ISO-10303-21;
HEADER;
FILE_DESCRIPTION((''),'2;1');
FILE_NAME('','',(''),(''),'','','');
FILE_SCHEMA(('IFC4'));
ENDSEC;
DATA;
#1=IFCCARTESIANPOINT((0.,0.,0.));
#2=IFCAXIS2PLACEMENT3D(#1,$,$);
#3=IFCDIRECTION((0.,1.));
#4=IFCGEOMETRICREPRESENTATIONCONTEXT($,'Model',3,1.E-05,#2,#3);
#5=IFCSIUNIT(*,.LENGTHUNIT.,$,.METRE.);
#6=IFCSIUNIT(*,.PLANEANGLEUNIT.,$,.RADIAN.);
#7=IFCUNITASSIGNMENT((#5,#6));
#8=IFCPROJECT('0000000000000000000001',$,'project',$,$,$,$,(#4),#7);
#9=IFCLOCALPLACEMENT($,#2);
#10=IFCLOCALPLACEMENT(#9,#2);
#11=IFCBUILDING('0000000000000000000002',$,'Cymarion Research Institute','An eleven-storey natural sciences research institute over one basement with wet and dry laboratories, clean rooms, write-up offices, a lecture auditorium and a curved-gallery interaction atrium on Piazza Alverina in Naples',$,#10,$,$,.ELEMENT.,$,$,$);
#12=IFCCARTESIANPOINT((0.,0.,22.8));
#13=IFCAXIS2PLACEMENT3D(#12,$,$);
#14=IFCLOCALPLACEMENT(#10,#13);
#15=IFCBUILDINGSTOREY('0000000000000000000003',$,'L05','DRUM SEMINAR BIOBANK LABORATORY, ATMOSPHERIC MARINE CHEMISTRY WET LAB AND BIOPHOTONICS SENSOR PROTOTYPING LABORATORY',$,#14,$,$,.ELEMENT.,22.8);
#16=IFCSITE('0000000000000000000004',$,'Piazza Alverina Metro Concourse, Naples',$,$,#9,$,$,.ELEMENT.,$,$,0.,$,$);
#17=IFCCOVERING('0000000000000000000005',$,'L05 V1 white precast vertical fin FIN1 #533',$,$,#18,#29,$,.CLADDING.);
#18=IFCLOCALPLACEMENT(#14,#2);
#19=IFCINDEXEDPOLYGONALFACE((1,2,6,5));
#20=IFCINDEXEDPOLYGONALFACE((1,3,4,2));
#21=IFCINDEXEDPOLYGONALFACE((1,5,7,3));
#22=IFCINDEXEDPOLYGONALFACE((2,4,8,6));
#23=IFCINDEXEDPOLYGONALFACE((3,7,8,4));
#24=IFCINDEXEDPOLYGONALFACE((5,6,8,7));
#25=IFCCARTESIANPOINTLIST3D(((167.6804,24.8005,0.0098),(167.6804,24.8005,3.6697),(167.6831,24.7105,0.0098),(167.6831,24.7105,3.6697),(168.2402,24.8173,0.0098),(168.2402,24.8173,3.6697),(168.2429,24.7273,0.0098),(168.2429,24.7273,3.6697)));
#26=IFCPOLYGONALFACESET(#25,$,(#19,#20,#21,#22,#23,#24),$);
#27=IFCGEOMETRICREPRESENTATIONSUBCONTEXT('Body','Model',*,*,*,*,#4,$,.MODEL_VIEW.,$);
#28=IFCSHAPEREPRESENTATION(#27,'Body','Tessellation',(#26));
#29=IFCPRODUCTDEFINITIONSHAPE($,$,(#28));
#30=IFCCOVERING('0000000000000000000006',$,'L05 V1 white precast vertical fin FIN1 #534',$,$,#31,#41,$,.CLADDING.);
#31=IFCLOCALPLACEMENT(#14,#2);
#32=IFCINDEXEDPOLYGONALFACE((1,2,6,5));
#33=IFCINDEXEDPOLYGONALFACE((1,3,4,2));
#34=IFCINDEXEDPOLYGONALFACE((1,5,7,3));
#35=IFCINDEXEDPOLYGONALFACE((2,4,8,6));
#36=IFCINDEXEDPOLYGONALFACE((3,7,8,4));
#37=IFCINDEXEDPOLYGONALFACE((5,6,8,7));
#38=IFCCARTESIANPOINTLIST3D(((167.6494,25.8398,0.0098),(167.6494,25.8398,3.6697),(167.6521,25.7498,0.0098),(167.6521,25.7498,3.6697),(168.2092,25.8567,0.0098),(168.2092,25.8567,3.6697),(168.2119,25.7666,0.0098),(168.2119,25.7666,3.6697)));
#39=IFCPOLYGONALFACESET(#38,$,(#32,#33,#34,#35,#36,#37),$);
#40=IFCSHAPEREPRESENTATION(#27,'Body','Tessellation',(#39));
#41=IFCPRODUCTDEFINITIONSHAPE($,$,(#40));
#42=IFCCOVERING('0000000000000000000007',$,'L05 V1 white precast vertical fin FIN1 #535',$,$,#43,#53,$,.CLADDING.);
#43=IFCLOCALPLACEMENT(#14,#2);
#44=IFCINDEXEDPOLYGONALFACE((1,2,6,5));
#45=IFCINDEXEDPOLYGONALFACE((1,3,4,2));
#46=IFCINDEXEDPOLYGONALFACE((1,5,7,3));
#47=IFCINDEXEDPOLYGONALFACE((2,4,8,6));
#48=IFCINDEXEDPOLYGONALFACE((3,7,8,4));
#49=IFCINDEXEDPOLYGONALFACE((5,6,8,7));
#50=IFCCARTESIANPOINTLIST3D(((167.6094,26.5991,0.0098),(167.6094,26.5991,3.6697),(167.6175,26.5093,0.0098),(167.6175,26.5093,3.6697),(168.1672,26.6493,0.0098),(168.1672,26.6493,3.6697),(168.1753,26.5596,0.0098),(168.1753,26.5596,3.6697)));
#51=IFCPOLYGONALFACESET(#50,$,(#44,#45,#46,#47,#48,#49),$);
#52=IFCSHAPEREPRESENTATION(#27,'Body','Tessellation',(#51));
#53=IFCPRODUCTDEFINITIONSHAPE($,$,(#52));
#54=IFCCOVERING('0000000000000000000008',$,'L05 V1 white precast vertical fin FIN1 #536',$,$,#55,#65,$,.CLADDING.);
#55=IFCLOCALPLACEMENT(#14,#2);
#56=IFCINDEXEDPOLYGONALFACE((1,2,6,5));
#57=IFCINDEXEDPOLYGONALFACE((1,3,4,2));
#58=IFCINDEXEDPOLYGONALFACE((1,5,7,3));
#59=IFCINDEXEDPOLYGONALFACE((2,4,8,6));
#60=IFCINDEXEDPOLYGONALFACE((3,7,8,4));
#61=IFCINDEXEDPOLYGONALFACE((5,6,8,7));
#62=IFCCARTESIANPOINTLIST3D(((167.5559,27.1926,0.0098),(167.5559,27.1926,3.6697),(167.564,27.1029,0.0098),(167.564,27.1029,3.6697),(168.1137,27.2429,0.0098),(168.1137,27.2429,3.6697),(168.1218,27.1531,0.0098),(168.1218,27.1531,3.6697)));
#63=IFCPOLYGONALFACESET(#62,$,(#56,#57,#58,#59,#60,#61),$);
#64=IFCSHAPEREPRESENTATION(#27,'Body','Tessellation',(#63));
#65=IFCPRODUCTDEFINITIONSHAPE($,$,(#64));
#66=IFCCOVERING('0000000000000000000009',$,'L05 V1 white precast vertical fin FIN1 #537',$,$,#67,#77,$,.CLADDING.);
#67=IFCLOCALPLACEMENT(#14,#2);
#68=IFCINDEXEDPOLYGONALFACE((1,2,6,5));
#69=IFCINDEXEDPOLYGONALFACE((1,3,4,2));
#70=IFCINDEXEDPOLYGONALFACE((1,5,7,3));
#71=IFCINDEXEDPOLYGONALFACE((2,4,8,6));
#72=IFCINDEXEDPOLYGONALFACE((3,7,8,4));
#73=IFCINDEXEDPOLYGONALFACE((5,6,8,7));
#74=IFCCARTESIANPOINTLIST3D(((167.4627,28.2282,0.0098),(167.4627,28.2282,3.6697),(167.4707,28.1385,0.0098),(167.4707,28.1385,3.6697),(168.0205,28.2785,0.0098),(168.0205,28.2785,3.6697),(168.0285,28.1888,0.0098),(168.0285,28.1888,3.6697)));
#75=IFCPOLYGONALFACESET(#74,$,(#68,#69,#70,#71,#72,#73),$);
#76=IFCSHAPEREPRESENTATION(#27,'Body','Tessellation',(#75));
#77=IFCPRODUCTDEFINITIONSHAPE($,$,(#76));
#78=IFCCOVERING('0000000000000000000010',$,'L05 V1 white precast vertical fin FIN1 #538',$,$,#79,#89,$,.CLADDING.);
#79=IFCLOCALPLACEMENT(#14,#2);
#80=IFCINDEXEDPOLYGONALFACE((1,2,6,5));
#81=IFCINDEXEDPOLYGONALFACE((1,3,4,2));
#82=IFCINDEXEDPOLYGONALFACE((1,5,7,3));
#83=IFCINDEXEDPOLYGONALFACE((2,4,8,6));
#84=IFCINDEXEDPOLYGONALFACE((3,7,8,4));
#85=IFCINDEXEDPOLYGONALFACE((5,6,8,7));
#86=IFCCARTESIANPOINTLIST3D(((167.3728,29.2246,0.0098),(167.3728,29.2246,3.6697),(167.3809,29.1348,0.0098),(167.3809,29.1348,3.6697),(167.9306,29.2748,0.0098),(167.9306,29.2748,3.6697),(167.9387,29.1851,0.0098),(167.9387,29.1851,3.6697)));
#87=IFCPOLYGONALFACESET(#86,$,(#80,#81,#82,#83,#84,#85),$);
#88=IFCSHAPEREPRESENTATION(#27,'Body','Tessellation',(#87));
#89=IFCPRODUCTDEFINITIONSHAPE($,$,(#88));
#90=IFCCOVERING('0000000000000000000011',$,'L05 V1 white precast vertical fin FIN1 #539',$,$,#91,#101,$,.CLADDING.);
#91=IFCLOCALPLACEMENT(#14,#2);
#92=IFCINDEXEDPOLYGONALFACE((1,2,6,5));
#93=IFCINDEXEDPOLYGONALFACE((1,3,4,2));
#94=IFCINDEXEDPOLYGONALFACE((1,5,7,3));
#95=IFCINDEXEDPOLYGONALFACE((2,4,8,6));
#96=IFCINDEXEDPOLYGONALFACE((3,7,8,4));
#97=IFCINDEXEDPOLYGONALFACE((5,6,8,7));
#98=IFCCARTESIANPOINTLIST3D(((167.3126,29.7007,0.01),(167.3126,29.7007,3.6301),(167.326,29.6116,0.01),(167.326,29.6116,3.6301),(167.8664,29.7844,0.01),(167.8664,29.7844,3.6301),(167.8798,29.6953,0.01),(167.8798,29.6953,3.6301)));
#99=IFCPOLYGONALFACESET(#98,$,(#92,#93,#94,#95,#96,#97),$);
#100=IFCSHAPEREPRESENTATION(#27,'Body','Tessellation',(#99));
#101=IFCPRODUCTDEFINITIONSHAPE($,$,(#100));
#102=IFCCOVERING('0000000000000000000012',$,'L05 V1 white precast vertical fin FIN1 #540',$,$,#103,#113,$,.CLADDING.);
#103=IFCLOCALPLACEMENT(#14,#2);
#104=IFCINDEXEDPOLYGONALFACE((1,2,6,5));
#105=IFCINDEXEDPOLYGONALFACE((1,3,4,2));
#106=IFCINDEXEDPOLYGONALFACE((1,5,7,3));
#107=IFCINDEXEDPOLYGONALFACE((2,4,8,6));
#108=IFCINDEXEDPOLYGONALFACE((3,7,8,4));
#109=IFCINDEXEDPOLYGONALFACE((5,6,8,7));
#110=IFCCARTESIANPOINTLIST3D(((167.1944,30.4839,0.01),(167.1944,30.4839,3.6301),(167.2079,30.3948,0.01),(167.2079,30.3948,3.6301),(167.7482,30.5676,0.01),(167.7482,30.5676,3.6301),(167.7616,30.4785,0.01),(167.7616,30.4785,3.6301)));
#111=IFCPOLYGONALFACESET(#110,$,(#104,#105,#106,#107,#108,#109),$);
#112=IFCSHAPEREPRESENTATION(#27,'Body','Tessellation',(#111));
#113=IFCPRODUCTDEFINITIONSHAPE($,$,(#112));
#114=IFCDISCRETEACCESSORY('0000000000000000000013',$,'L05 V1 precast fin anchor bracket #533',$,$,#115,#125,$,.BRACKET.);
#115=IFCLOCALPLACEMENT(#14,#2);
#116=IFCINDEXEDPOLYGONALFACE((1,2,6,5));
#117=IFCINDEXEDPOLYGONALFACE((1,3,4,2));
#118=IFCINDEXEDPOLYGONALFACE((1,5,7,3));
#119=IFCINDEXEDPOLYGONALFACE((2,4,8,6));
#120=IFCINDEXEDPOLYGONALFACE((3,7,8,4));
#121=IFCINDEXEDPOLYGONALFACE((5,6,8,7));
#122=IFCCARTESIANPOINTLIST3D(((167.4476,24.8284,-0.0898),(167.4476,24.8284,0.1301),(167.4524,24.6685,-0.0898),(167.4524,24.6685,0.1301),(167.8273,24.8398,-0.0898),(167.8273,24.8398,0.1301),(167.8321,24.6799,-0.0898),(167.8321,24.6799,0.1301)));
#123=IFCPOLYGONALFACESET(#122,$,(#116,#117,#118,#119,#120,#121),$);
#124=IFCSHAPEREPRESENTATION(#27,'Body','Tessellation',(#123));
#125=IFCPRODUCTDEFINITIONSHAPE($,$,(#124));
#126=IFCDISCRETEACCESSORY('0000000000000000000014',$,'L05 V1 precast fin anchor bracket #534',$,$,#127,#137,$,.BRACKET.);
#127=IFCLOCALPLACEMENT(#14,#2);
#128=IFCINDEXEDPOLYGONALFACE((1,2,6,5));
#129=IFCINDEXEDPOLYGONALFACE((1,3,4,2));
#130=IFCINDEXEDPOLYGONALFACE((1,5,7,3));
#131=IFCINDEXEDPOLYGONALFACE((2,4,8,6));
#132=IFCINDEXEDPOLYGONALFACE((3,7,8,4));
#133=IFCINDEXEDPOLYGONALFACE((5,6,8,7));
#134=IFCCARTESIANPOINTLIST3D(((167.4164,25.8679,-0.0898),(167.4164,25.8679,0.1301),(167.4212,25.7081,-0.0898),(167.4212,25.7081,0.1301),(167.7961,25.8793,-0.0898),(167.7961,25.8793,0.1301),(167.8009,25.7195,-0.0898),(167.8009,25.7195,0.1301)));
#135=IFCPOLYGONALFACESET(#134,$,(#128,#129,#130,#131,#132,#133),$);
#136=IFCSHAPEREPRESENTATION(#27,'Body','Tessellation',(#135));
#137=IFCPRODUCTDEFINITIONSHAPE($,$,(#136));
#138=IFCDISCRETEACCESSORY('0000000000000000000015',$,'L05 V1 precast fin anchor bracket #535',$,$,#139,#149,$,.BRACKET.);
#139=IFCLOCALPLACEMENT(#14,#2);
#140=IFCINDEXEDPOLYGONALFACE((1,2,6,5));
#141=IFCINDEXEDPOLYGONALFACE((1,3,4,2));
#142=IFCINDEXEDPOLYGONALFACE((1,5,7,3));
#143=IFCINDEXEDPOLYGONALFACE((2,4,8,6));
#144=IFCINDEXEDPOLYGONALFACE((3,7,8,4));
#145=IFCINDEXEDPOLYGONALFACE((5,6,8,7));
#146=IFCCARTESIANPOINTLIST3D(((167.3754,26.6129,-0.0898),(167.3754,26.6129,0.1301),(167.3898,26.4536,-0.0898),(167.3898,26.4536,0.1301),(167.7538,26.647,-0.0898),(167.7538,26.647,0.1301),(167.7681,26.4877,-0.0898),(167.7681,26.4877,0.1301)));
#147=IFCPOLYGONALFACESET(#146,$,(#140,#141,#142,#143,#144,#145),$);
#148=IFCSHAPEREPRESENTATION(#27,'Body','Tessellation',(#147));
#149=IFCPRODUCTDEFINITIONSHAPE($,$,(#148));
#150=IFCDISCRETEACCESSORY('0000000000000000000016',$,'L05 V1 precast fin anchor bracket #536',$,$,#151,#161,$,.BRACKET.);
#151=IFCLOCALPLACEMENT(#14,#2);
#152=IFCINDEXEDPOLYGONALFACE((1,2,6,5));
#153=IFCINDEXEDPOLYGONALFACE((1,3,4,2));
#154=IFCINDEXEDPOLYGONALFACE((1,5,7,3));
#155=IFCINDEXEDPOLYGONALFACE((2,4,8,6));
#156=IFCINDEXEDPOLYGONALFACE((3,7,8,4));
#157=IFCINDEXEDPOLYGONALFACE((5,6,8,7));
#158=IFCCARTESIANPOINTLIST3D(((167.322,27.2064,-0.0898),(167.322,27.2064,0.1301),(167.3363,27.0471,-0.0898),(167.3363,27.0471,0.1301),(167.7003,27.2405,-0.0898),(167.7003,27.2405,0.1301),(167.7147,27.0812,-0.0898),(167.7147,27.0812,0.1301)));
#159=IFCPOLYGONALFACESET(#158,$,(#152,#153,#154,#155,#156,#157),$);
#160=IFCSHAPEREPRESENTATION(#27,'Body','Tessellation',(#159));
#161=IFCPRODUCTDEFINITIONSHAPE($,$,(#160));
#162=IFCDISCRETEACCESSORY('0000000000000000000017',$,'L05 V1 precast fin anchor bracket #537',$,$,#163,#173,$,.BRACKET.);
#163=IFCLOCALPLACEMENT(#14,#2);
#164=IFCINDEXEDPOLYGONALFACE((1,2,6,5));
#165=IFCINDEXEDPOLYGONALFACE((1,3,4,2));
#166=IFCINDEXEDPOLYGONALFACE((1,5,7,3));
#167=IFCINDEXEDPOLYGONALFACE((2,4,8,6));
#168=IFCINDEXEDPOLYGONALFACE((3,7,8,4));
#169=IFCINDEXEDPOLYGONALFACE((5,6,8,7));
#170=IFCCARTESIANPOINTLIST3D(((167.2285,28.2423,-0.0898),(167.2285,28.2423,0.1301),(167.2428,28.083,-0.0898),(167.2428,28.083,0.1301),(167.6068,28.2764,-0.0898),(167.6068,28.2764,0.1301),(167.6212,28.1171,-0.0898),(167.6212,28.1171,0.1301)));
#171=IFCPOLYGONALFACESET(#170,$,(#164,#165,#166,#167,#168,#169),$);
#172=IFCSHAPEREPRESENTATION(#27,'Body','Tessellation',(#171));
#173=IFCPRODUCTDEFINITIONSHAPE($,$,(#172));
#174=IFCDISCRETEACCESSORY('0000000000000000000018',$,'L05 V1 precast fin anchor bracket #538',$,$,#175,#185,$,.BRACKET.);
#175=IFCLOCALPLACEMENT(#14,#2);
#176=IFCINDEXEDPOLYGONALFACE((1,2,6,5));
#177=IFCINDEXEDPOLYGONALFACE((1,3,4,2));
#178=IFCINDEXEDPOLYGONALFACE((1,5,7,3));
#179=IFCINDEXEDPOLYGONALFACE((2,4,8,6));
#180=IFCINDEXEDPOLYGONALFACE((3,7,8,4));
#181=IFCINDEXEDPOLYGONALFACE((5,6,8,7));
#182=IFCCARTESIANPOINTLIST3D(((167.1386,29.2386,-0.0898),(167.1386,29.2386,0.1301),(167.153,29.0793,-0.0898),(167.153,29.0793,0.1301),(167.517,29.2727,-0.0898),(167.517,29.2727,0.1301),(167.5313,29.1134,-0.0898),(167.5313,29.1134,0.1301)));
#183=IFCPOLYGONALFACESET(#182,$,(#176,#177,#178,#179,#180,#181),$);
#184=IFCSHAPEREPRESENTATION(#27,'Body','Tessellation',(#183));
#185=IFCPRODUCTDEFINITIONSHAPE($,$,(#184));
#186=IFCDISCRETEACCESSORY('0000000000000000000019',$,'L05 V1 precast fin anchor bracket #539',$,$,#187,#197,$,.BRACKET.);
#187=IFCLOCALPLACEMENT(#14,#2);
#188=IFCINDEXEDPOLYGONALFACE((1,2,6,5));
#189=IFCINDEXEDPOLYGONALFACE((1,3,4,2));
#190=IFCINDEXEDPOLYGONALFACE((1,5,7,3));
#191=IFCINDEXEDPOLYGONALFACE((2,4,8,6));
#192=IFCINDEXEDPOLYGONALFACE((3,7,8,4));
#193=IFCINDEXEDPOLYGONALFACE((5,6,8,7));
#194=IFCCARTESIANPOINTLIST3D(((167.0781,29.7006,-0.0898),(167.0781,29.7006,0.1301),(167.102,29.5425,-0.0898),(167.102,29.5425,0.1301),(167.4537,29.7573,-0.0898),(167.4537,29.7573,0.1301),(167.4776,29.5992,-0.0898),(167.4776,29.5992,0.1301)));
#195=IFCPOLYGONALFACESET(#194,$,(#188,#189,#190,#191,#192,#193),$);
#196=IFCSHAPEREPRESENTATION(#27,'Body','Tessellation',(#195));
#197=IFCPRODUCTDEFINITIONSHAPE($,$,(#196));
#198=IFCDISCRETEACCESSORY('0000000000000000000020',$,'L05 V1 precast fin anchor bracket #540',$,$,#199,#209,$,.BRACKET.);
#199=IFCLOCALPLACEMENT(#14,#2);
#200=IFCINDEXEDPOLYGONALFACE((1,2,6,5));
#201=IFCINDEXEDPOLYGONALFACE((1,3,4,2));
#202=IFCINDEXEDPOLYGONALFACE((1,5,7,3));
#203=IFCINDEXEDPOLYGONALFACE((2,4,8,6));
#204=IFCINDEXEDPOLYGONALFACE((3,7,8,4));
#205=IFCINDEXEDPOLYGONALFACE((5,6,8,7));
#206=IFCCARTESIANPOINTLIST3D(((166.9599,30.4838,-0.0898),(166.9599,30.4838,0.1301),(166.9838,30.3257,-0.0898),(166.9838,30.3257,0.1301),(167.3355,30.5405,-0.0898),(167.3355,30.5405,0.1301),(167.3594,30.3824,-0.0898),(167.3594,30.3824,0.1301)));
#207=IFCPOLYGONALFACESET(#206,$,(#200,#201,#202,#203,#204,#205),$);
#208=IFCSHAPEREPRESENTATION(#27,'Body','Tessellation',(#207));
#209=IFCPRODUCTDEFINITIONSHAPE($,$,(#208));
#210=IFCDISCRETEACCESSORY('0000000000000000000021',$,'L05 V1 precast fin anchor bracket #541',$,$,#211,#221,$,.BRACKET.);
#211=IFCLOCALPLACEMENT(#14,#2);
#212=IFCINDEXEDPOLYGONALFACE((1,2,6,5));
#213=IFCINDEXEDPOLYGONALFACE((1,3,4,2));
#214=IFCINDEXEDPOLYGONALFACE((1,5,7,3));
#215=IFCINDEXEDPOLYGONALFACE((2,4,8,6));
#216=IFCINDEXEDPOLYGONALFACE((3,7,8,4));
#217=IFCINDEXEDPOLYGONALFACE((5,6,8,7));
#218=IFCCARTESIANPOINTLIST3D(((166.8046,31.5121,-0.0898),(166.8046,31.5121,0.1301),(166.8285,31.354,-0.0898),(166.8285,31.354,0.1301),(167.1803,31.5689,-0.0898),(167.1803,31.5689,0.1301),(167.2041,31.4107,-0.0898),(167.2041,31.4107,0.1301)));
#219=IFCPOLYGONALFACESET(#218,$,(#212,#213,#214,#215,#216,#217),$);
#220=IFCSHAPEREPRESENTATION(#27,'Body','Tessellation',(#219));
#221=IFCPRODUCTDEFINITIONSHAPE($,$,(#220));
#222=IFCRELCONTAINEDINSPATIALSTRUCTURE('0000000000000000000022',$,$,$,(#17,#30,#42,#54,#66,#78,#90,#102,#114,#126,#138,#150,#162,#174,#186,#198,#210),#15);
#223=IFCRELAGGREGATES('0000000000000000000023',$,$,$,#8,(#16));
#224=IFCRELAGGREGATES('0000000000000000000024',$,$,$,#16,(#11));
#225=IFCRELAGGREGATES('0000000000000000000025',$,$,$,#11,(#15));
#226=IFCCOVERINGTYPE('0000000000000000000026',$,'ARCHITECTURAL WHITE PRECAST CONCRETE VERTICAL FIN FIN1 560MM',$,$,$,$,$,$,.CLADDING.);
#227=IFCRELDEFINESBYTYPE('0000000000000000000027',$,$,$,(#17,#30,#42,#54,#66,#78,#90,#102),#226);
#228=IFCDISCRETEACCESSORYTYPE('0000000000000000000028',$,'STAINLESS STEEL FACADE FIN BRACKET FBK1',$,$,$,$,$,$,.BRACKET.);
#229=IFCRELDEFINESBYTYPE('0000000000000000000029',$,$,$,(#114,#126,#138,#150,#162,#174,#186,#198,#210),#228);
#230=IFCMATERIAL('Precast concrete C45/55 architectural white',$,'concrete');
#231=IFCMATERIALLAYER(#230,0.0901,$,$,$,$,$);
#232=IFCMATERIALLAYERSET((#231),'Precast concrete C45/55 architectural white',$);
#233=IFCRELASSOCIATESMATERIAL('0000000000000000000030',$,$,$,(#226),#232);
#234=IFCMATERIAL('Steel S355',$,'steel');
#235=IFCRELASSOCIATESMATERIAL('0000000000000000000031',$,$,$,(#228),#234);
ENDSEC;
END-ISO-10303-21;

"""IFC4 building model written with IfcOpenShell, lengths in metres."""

from ifc_helpers import new_model, si_unit, direction, frame, origin, origin_2d, place, context, subcontext, project, spatial, rectangle, extrude, material, layer, layer_set, type_object, element, save


model = new_model("IFC4")

# Units and contexts
model_context = context("Model", 3, precision=1e-05, world=origin(), true_north=direction((0.0, 1.0)))
body_context = subcontext(model_context, "Body", "Model", "MODEL_VIEW")
ifc_project = project(units=[si_unit("LENGTHUNIT", "METRE"), si_unit("PLANEANGLEUNIT", "RADIAN")], contexts=[model_context])

# Site, building, storey
site_placement = place(None, origin())
site = spatial("IfcSite", under=ifc_project, at=site_placement, Name="Piazza Alverina Metro Concourse, Naples", CompositionType="ELEMENT", RefElevation=0.0)
building_placement = place(site_placement, origin())
building = spatial("IfcBuilding", under=site, at=building_placement, Name="Cymarion Research Institute", Description="An eleven-storey natural sciences research institute over one basement with wet and dry laboratories, clean rooms, write-up offices, a lecture auditorium and a curved-gallery interaction atrium on Piazza Alverina in Naples", CompositionType="ELEMENT")
storey_placement = place(building_placement, frame((0.0, 0.0, 22.8)))
storey = spatial("IfcBuildingStorey", under=building, at=storey_placement, Name="L05", Description="DRUM SEMINAR BIOBANK LABORATORY, ATMOSPHERIC MARINE CHEMISTRY WET LAB AND BIOPHOTONICS SENSOR PROTOTYPING LABORATORY", CompositionType="ELEMENT", Elevation=22.8)

# Shared definitions
ifc_material_1 = material(Name="Steel S355", Category="steel")

# Coverings
ifc_material_2 = material(Name="Precast concrete C45/55 architectural white", Category="concrete")
ifc_layer_1 = layer(ifc_material_2, 0.0901)
ifc_layer_set_1 = layer_set([ifc_layer_1], Name="Precast concrete C45/55 architectural white")
covering_type = type_object("IfcCoveringType", Name="ARCHITECTURAL WHITE PRECAST CONCRETE VERTICAL FIN FIN1 560MM", PredefinedType="CLADDING", material=ifc_layer_set_1)
for number, where, z_axis, x_axis, name in (
    (1, (167.9617, 24.7639, 0.0098), (0.0, 0.0, 1.0), (0.999549, 0.030015, 0.0), "L05 V1 white precast vertical fin FIN1 #533"),
    (2, (167.9307, 25.8032, 0.0098), (0.0, 0.0, 1.0), (0.999549, 0.030015, 0.0), "L05 V1 white precast vertical fin FIN1 #534"),
    (3, (167.8923, 26.5793, 0.0098), (0.0, 0.0, 1.0), (0.995963, 0.089763, 0.0), "L05 V1 white precast vertical fin FIN1 #535"),
    (4, (167.8389, 27.1729, 0.0098), (0.0, 0.0, 1.0), (0.995963, 0.089763, 0.0), "L05 V1 white precast vertical fin FIN1 #536"),
    (5, (167.7456, 28.2085, 0.0098), (0.0, 0.0, 1.0), (0.995963, 0.089763, 0.0), "L05 V1 white precast vertical fin FIN1 #537"),
    (6, (167.6558, 29.2048, 0.0098), (0.0, 0.0, 1.0), (0.995963, 0.089763, 0.0), "L05 V1 white precast vertical fin FIN1 #538"),
):
    element("IfcCovering", number, at=place(storey_placement, frame(where, z_axis=z_axis, x_axis=x_axis)), inside=storey, type_object=covering_type, Name=name, PredefinedType="CLADDING", context=body_context, shape_type="SweptSolid", body=[
        extrude(rectangle(XDim=0.5601, YDim=0.0901, at=origin_2d()), origin(), (0.0, 0.0, 1.0), 3.6599),
    ])
for number, where, z_axis, x_axis, name in (
    (7, (167.5962, 29.698, 0.01), (0.0, 0.0, 1.0), (0.988782, 0.149363, 0.0), "L05 V1 white precast vertical fin FIN1 #539"),
    (8, (167.478, 30.4812, 0.01), (0.0, 0.0, 1.0), (0.988782, 0.149363, 0.0), "L05 V1 white precast vertical fin FIN1 #540"),
):
    element("IfcCovering", number, at=place(storey_placement, frame(where, z_axis=z_axis, x_axis=x_axis)), inside=storey, type_object=covering_type, Name=name, PredefinedType="CLADDING", context=body_context, shape_type="SweptSolid", body=[
        extrude(rectangle(XDim=0.5601, YDim=0.0901, at=origin_2d()), origin(), (0.0, 0.0, 1.0), 3.6201),
    ])

# Discrete accessories
discrete_accessory_type = type_object("IfcDiscreteAccessoryType", Name="STAINLESS STEEL FACADE FIN BRACKET FBK1", PredefinedType="BRACKET", material=ifc_material_1)
for number, where, z_axis, x_axis, name in (
    (9, (167.6399, 24.7542, -0.0898), (0.0, 0.0, 1.0), (0.999549, 0.030015, 0.0), "L05 V1 precast fin anchor bracket #533"),
    (10, (167.6086, 25.7937, -0.0898), (0.0, 0.0, 1.0), (0.999549, 0.030015, 0.0), "L05 V1 precast fin anchor bracket #534"),
    (11, (167.5718, 26.5503, -0.0898), (0.0, 0.0, 1.0), (0.995963, 0.089763, 0.0), "L05 V1 precast fin anchor bracket #535"),
    (12, (167.5183, 27.1438, -0.0898), (0.0, 0.0, 1.0), (0.995963, 0.089763, 0.0), "L05 V1 precast fin anchor bracket #536"),
    (13, (167.4248, 28.1797, -0.0898), (0.0, 0.0, 1.0), (0.995963, 0.089763, 0.0), "L05 V1 precast fin anchor bracket #537"),
    (14, (167.335, 29.176, -0.0898), (0.0, 0.0, 1.0), (0.995963, 0.089763, 0.0), "L05 V1 precast fin anchor bracket #538"),
    (15, (167.2778, 29.6499, -0.0898), (0.0, 0.0, 1.0), (0.988782, 0.149363, 0.0), "L05 V1 precast fin anchor bracket #539"),
    (16, (167.1597, 30.4331, -0.0898), (0.0, 0.0, 1.0), (0.988782, 0.149363, 0.0), "L05 V1 precast fin anchor bracket #540"),
    (17, (167.0044, 31.4614, -0.0898), (0.0, 0.0, 1.0), (0.988782, 0.149363, 0.0), "L05 V1 precast fin anchor bracket #541"),
):
    element("IfcDiscreteAccessory", number, at=place(storey_placement, frame(where, z_axis=z_axis, x_axis=x_axis)), inside=storey, type_object=discrete_accessory_type, Name=name, PredefinedType="BRACKET", context=body_context, shape_type="SweptSolid", body=[
        extrude(rectangle(XDim=0.3799, YDim=0.1599, at=origin_2d()), origin(), (0.0, 0.0, 1.0), 0.22),
    ])

save(model, "model.ifc")
